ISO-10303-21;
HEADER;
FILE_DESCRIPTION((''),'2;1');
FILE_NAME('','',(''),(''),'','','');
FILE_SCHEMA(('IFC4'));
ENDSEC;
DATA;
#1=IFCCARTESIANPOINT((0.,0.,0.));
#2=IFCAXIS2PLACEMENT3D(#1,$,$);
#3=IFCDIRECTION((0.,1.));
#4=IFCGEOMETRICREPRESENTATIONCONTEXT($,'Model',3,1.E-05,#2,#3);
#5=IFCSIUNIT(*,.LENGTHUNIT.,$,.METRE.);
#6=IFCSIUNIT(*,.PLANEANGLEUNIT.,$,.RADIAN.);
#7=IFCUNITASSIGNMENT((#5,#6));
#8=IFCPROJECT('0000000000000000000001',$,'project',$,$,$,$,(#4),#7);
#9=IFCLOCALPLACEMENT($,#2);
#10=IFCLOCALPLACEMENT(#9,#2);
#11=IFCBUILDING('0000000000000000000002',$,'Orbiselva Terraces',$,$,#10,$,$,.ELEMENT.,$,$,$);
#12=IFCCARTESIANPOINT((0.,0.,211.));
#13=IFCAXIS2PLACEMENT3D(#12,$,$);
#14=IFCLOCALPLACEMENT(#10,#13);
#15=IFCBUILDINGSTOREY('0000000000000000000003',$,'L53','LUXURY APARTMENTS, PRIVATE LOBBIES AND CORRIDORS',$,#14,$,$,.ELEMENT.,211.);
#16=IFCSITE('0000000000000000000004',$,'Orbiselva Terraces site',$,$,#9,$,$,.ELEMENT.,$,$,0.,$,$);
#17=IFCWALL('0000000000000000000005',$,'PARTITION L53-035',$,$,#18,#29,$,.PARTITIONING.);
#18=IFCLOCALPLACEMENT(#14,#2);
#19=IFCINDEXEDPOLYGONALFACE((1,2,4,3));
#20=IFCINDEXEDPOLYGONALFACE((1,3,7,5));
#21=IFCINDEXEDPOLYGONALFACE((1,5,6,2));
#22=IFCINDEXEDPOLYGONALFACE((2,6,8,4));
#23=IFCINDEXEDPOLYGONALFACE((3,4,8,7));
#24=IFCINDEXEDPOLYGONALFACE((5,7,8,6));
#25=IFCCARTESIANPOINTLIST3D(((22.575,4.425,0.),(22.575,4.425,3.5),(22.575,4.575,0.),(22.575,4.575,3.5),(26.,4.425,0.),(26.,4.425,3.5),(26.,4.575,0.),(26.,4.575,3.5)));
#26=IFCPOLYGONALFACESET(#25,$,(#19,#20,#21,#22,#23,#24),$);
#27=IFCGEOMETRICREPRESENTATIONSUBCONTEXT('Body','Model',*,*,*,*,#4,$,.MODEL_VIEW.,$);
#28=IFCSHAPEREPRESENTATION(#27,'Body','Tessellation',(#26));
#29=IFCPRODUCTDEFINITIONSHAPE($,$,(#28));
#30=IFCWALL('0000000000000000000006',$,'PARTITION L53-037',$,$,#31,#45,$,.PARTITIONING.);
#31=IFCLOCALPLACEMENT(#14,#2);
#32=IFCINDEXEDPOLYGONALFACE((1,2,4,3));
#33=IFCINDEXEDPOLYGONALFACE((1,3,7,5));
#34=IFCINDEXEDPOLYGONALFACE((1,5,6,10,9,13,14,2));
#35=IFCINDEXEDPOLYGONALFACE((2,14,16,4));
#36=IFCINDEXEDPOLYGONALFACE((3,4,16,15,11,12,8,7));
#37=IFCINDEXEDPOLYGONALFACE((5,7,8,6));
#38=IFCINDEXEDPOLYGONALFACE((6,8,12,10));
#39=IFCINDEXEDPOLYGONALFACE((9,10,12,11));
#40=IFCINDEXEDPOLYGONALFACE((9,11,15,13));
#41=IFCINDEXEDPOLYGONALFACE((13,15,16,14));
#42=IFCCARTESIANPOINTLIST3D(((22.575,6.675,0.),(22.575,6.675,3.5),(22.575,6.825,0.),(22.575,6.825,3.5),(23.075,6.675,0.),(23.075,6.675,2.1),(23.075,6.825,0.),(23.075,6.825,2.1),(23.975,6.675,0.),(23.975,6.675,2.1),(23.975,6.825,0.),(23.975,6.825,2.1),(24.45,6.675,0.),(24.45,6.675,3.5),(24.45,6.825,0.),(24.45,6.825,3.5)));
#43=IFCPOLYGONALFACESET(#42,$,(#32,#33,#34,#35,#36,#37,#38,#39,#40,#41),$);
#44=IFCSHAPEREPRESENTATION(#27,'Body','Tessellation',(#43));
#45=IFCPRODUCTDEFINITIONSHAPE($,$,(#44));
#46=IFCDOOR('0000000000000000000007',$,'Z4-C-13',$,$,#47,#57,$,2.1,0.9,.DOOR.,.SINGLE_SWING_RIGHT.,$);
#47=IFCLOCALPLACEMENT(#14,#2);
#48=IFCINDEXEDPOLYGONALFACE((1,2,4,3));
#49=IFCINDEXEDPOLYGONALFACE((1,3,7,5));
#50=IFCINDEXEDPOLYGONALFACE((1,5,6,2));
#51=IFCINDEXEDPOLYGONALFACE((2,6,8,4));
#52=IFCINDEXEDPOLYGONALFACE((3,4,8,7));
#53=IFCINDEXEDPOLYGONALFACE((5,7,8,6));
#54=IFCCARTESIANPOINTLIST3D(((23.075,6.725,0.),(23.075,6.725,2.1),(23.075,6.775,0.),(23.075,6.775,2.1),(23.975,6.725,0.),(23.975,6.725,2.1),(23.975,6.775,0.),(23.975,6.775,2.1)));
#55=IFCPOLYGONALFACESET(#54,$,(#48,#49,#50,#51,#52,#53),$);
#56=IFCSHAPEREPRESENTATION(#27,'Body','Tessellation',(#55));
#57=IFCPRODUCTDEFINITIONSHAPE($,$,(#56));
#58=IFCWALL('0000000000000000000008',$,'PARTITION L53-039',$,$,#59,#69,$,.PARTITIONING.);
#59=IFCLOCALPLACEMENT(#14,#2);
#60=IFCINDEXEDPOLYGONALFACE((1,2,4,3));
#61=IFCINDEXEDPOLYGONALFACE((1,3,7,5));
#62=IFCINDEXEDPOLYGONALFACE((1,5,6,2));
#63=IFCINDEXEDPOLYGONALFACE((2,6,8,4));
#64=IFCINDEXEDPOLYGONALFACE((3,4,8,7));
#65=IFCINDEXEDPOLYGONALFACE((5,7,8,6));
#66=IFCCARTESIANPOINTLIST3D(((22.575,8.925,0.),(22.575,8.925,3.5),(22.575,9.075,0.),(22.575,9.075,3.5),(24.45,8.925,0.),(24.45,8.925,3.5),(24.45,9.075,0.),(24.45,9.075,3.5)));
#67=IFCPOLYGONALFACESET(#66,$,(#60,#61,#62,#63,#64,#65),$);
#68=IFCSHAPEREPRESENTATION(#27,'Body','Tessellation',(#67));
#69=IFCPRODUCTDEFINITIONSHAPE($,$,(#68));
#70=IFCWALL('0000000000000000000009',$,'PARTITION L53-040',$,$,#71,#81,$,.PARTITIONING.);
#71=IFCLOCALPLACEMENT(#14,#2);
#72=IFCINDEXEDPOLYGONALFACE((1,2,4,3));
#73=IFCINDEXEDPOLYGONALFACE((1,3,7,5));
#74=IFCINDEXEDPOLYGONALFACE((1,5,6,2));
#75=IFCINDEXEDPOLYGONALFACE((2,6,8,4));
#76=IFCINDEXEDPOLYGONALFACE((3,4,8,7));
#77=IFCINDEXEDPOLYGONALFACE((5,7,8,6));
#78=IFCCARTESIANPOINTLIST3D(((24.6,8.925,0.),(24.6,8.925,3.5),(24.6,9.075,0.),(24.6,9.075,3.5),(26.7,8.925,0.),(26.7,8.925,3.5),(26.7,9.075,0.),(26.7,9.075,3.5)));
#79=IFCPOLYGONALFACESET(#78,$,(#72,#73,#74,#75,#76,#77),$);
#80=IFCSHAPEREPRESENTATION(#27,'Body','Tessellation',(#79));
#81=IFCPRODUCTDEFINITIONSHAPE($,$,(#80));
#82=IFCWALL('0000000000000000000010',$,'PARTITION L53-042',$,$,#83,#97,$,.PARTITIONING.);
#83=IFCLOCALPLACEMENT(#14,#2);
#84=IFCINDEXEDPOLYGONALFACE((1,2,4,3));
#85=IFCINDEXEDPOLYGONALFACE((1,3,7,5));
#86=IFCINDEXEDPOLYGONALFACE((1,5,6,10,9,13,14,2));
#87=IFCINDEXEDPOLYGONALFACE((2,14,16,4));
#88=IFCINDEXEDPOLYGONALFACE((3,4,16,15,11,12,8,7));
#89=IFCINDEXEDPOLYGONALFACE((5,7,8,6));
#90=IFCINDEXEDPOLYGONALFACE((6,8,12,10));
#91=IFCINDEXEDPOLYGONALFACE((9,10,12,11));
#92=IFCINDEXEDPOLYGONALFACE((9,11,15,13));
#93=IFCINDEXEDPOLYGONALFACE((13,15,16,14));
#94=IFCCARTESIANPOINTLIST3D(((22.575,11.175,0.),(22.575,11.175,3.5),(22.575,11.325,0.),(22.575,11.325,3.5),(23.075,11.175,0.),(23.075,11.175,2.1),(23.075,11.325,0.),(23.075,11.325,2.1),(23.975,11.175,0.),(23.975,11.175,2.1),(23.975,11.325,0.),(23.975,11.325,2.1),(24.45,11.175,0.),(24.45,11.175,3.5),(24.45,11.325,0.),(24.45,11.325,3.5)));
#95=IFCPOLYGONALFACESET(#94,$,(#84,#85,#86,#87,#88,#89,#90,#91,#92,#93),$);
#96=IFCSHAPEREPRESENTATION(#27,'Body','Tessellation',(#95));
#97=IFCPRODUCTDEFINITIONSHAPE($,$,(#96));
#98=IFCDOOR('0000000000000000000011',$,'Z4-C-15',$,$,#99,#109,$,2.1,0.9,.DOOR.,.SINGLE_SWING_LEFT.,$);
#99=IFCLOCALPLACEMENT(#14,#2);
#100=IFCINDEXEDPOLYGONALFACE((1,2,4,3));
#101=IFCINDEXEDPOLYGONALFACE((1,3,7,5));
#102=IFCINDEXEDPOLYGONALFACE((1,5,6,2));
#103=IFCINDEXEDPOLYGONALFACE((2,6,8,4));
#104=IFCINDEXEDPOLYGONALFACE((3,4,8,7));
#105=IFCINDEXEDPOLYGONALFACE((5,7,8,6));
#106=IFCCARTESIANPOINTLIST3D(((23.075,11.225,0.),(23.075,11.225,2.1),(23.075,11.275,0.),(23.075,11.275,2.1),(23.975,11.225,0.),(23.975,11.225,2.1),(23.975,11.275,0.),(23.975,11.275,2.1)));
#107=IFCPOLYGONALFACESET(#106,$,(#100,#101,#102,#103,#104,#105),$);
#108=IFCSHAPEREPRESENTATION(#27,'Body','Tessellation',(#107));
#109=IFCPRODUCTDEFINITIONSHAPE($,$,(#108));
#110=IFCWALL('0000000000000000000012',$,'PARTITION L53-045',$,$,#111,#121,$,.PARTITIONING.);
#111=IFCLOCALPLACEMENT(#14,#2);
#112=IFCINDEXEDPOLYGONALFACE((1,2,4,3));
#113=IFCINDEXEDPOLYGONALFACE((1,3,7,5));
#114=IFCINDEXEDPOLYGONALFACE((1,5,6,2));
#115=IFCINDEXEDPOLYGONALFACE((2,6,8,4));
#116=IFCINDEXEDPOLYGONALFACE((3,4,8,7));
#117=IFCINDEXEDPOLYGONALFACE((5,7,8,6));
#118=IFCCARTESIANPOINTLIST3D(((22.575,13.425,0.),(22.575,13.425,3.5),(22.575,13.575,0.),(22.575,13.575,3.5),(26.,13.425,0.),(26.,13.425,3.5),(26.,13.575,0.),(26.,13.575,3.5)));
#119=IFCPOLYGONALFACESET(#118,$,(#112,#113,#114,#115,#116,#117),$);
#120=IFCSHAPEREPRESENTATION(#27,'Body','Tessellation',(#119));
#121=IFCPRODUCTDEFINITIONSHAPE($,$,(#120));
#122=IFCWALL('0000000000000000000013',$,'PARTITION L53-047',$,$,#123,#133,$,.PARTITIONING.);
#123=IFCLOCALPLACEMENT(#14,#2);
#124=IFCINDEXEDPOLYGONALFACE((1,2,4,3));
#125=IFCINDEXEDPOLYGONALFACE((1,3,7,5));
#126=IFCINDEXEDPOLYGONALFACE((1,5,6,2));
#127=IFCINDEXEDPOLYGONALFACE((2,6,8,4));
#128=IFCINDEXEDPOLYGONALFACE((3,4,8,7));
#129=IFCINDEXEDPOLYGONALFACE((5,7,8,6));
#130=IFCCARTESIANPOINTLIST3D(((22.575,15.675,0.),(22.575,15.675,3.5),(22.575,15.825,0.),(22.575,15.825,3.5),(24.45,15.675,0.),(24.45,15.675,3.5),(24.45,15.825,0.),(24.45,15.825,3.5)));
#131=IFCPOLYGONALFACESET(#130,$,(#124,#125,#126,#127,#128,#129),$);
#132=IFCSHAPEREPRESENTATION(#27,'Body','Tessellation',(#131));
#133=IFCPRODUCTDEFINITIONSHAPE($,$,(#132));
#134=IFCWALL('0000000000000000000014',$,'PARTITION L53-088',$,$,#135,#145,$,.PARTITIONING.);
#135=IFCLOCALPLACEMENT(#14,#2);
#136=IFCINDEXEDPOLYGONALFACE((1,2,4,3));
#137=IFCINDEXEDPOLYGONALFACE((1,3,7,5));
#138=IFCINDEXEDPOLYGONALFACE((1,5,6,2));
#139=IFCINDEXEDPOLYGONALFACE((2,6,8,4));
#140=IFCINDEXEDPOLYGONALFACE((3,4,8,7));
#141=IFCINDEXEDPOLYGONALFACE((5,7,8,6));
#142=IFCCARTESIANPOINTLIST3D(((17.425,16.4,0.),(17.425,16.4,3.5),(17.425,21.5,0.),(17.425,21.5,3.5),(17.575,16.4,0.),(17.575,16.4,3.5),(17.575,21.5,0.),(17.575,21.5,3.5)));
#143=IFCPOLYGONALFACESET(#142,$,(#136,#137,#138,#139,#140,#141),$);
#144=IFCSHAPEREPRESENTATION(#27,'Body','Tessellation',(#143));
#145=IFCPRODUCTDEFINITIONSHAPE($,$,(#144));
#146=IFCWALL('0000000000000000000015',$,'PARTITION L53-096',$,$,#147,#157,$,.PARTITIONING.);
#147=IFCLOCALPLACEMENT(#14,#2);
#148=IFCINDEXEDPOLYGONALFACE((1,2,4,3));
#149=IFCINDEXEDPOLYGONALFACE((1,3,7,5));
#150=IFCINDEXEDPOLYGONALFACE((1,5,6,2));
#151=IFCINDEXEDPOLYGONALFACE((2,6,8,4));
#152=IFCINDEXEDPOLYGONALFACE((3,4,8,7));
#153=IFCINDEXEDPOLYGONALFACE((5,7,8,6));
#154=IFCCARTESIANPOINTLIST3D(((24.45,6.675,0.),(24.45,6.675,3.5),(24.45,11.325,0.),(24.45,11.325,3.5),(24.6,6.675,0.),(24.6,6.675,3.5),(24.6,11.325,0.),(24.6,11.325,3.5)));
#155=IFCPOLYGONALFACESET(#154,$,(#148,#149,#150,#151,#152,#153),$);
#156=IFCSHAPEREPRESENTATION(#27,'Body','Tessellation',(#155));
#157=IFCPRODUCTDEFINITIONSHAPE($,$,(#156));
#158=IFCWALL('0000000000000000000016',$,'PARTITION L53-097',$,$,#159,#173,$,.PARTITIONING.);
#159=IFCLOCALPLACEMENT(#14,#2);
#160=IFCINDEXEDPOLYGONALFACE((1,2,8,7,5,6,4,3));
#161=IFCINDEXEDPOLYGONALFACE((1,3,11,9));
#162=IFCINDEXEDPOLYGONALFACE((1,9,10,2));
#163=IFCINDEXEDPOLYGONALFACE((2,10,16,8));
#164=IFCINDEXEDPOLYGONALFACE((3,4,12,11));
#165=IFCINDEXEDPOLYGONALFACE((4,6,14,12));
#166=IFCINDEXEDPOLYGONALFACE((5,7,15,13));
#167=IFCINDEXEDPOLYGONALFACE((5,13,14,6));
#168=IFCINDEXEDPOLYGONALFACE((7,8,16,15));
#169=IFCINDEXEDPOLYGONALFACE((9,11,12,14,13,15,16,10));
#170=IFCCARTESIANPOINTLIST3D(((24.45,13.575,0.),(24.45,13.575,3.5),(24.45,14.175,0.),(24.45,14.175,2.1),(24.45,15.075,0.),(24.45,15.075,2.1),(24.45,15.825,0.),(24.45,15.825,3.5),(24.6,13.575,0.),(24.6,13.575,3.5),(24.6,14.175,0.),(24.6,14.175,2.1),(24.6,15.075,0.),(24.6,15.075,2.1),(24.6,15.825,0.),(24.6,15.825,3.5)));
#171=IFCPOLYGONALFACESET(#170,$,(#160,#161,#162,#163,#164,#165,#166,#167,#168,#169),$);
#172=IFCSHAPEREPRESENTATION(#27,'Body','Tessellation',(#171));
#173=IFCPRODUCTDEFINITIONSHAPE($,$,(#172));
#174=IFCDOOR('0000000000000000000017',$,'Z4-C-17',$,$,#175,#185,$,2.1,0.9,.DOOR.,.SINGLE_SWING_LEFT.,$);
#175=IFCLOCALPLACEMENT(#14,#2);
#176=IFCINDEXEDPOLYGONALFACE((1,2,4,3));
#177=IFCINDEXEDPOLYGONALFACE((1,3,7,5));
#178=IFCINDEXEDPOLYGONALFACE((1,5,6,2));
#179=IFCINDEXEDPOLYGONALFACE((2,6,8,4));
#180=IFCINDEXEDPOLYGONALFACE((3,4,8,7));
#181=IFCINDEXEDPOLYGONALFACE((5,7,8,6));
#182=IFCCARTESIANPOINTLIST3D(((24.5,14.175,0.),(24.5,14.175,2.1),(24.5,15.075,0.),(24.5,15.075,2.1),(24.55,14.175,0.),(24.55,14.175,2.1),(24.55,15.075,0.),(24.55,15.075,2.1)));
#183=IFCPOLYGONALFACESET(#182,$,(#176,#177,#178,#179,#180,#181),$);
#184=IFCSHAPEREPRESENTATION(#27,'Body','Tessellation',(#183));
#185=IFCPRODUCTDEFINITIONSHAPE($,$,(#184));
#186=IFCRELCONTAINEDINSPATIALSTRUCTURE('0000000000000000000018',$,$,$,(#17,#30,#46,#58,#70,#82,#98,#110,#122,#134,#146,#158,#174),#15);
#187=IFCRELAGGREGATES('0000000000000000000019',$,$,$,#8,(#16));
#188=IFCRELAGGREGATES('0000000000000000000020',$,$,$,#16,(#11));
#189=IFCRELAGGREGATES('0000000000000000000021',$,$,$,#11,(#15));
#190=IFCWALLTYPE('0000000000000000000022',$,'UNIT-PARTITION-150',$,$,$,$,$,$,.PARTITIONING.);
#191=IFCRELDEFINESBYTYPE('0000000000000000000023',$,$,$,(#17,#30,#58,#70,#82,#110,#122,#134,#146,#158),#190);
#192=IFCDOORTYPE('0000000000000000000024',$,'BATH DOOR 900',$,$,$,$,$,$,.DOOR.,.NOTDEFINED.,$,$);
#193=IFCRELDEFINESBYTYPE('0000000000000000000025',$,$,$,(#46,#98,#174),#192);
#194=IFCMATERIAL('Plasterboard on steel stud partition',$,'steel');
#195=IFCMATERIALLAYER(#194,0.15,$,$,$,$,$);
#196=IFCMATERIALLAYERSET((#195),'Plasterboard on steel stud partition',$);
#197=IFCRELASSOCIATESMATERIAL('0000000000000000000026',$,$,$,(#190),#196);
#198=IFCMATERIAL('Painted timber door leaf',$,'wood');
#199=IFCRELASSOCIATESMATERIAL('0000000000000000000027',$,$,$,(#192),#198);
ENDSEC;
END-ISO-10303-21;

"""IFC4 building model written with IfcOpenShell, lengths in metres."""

from ifc_helpers import new_model, si_unit, direction, frame, frame_2d, origin, place, context, subcontext, project, spatial, rectangle, extrude, material, layer, layer_set, type_object, element, fill, save


model = new_model("IFC4")

# Units and contexts
model_context = context("Model", 3, precision=1e-05, world=origin(), true_north=direction((0.0, 1.0)))
body_context = subcontext(model_context, "Body", "Model", "MODEL_VIEW")
ifc_project = project(units=[si_unit("LENGTHUNIT", "METRE"), si_unit("PLANEANGLEUNIT", "RADIAN")], contexts=[model_context])

# Site, building, storey
site_placement = place(None, origin())
site = spatial("IfcSite", under=ifc_project, at=site_placement, Name="Orbiselva Terraces site", CompositionType="ELEMENT", RefElevation=0.0)
building_placement = place(site_placement, origin())
building = spatial("IfcBuilding", under=site, at=building_placement, Name="Orbiselva Terraces", CompositionType="ELEMENT")
storey_placement = place(building_placement, frame((0.0, 0.0, 211.0)))
storey = spatial("IfcBuildingStorey", under=building, at=storey_placement, Name="L53", Description="LUXURY APARTMENTS, PRIVATE LOBBIES AND CORRIDORS", CompositionType="ELEMENT", Elevation=211.0)

# Wall
ifc_material_1 = material(Name="Plasterboard on steel stud partition", Category="steel")
ifc_layer_1 = layer(ifc_material_1, 0.15)
ifc_layer_set_1 = layer_set([ifc_layer_1], Name="Plasterboard on steel stud partition")
wall_type_1 = type_object("IfcWallType", Name="UNIT-PARTITION-150", PredefinedType="PARTITIONING", material=ifc_layer_set_1)
wall_1_placement = place(storey_placement, frame((22.575, 4.5, 0.0), z_axis=(0.0, 0.0, 1.0), x_axis=(1.0, 0.0, 0.0)))
element("IfcWall", 1, at=wall_1_placement, inside=storey, type_object=wall_type_1, Name="PARTITION L53-035", PredefinedType="PARTITIONING", context=body_context, shape_type="SweptSolid", body=[
    extrude(rectangle(XDim=3.425, YDim=0.15, at=frame_2d((1.7125, 0.0))), origin(), (0.0, 0.0, 1.0), 3.5),
])

# Wall, opening, door
wall_2_placement = place(storey_placement, frame((22.575, 6.75, 0.0), z_axis=(0.0, 0.0, 1.0), x_axis=(1.0, 0.0, 0.0)))
wall_2 = element("IfcWall", 2, at=wall_2_placement, inside=storey, type_object=wall_type_1, Name="PARTITION L53-037", PredefinedType="PARTITIONING", context=body_context, shape_type="SweptSolid", body=[
    extrude(rectangle(XDim=1.875, YDim=0.15, at=frame_2d((0.9375, 0.0))), origin(), (0.0, 0.0, 1.0), 3.5),
])
opening_1_placement = place(wall_2_placement, frame((0.5, 0.0, 0.0)))
opening_1 = element("IfcOpeningElement", 3, at=opening_1_placement, cuts=wall_2, PredefinedType="OPENING", context=body_context, shape_type="SweptSolid", body=[
    extrude(rectangle(XDim=0.9, YDim=2.1, at=frame_2d((0.45, 1.05))), frame((0.0, 0.085, 0.0), z_axis=(0.0, -1.0, 0.0), x_axis=(1.0, 0.0, 0.0)), (0.0, 0.0, 1.0), 0.17),
])
ifc_material_2 = material(Name="Painted timber door leaf", Category="wood")
door_type_1 = type_object("IfcDoorType", Name="BATH DOOR 900", OperationType="NOTDEFINED", PredefinedType="DOOR", material=ifc_material_2)
door_1_placement = place(opening_1_placement, origin())
door_1 = element("IfcDoor", 4, at=door_1_placement, inside=storey, type_object=door_type_1, Name="Z4-C-13", OperationType="SINGLE_SWING_RIGHT", OverallHeight=2.1, OverallWidth=0.9, PredefinedType="DOOR", context=body_context, shape_type="SweptSolid", body=[
    extrude(rectangle(XDim=0.9, YDim=2.1, at=frame_2d((0.45, 1.05))), frame((0.0, 0.025, 0.0), z_axis=(0.0, -1.0, 0.0), x_axis=(1.0, 0.0, 0.0)), (0.0, 0.0, 1.0), 0.05),
])
fill(opening_1, door_1)

# Walls
wall_3_placement = place(storey_placement, frame((22.575, 9.0, 0.0), z_axis=(0.0, 0.0, 1.0), x_axis=(1.0, 0.0, 0.0)))
element("IfcWall", 5, at=wall_3_placement, inside=storey, type_object=wall_type_1, Name="PARTITION L53-039", PredefinedType="PARTITIONING", context=body_context, shape_type="SweptSolid", body=[
    extrude(rectangle(XDim=1.875, YDim=0.15, at=frame_2d((0.9375, 0.0))), origin(), (0.0, 0.0, 1.0), 3.5),
])
wall_4_placement = place(storey_placement, frame((24.6, 9.0, 0.0), z_axis=(0.0, 0.0, 1.0), x_axis=(1.0, 0.0, 0.0)))
element("IfcWall", 6, at=wall_4_placement, inside=storey, type_object=wall_type_1, Name="PARTITION L53-040", PredefinedType="PARTITIONING", context=body_context, shape_type="SweptSolid", body=[
    extrude(rectangle(XDim=2.1, YDim=0.15, at=frame_2d((1.05, 0.0))), origin(), (0.0, 0.0, 1.0), 3.5),
])

# Wall, opening, door
wall_5_placement = place(storey_placement, frame((24.45, 11.25, 0.0), z_axis=(0.0, 0.0, 1.0), x_axis=(-1.0, 0.0, 0.0)))
wall_5 = element("IfcWall", 7, at=wall_5_placement, inside=storey, type_object=wall_type_1, Name="PARTITION L53-042", PredefinedType="PARTITIONING", context=body_context, shape_type="SweptSolid", body=[
    extrude(rectangle(XDim=1.875, YDim=0.15, at=frame_2d((0.9375, 0.0))), origin(), (0.0, 0.0, 1.0), 3.5),
])
opening_2_placement = place(wall_5_placement, frame((0.475, 0.0, 0.0)))
opening_2 = element("IfcOpeningElement", 8, at=opening_2_placement, cuts=wall_5, PredefinedType="OPENING", context=body_context, shape_type="SweptSolid", body=[
    extrude(rectangle(XDim=0.9, YDim=2.1, at=frame_2d((0.45, 1.05))), frame((0.0, 0.085, 0.0), z_axis=(0.0, -1.0, 0.0), x_axis=(1.0, 0.0, 0.0)), (0.0, 0.0, 1.0), 0.17),
])
door_2_placement = place(opening_2_placement, origin())
door_2 = element("IfcDoor", 9, at=door_2_placement, inside=storey, type_object=door_type_1, Name="Z4-C-15", OperationType="SINGLE_SWING_LEFT", OverallHeight=2.1, OverallWidth=0.9, PredefinedType="DOOR", context=body_context, shape_type="SweptSolid", body=[
    extrude(rectangle(XDim=0.9, YDim=2.1, at=frame_2d((0.45, 1.05))), frame((0.0, 0.025, 0.0), z_axis=(0.0, -1.0, 0.0), x_axis=(1.0, 0.0, 0.0)), (0.0, 0.0, 1.0), 0.05),
])
fill(opening_2, door_2)

# Walls
wall_6_placement = place(storey_placement, frame((22.575, 13.5, 0.0), z_axis=(0.0, 0.0, 1.0), x_axis=(1.0, 0.0, 0.0)))
element("IfcWall", 10, at=wall_6_placement, inside=storey, type_object=wall_type_1, Name="PARTITION L53-045", PredefinedType="PARTITIONING", context=body_context, shape_type="SweptSolid", body=[
    extrude(rectangle(XDim=3.425, YDim=0.15, at=frame_2d((1.7125, 0.0))), origin(), (0.0, 0.0, 1.0), 3.5),
])
wall_7_placement = place(storey_placement, frame((22.575, 15.75, 0.0), z_axis=(0.0, 0.0, 1.0), x_axis=(1.0, 0.0, 0.0)))
element("IfcWall", 11, at=wall_7_placement, inside=storey, type_object=wall_type_1, Name="PARTITION L53-047", PredefinedType="PARTITIONING", context=body_context, shape_type="SweptSolid", body=[
    extrude(rectangle(XDim=1.875, YDim=0.15, at=frame_2d((0.9375, 0.0))), origin(), (0.0, 0.0, 1.0), 3.5),
])
wall_8_placement = place(storey_placement, frame((17.5, 16.4, 0.0), z_axis=(0.0, 0.0, 1.0), x_axis=(0.0, 1.0, 0.0)))
element("IfcWall", 12, at=wall_8_placement, inside=storey, type_object=wall_type_1, Name="PARTITION L53-088", PredefinedType="PARTITIONING", context=body_context, shape_type="SweptSolid", body=[
    extrude(rectangle(XDim=5.1, YDim=0.15, at=frame_2d((2.55, 0.0))), origin(), (0.0, 0.0, 1.0), 3.5),
])
wall_9_placement = place(storey_placement, frame((24.525, 6.675, 0.0), z_axis=(0.0, 0.0, 1.0), x_axis=(0.0, 1.0, 0.0)))
element("IfcWall", 13, at=wall_9_placement, inside=storey, type_object=wall_type_1, Name="PARTITION L53-096", PredefinedType="PARTITIONING", context=body_context, shape_type="SweptSolid", body=[
    extrude(rectangle(XDim=4.65, YDim=0.15, at=frame_2d((2.325, 0.0))), origin(), (0.0, 0.0, 1.0), 3.5),
])

# Wall, opening, door
wall_10_placement = place(storey_placement, frame((24.525, 13.575, 0.0), z_axis=(0.0, 0.0, 1.0), x_axis=(0.0, 1.0, 0.0)))
wall_10 = element("IfcWall", 14, at=wall_10_placement, inside=storey, type_object=wall_type_1, Name="PARTITION L53-097", PredefinedType="PARTITIONING", context=body_context, shape_type="SweptSolid", body=[
    extrude(rectangle(XDim=2.25, YDim=0.15, at=frame_2d((1.125, 0.0))), origin(), (0.0, 0.0, 1.0), 3.5),
])
opening_3_placement = place(wall_10_placement, frame((0.6, 0.0, 0.0)))
opening_3 = element("IfcOpeningElement", 15, at=opening_3_placement, cuts=wall_10, PredefinedType="OPENING", context=body_context, shape_type="SweptSolid", body=[
    extrude(rectangle(XDim=0.9, YDim=2.1, at=frame_2d((0.45, 1.05))), frame((0.0, 0.085, 0.0), z_axis=(0.0, -1.0, 0.0), x_axis=(1.0, 0.0, 0.0)), (0.0, 0.0, 1.0), 0.17),
])
door_3_placement = place(opening_3_placement, origin())
door_3 = element("IfcDoor", 16, at=door_3_placement, inside=storey, type_object=door_type_1, Name="Z4-C-17", OperationType="SINGLE_SWING_LEFT", OverallHeight=2.1, OverallWidth=0.9, PredefinedType="DOOR", context=body_context, shape_type="SweptSolid", body=[
    extrude(rectangle(XDim=0.9, YDim=2.1, at=frame_2d((0.45, 1.05))), frame((0.0, 0.025, 0.0), z_axis=(0.0, -1.0, 0.0), x_axis=(1.0, 0.0, 0.0)), (0.0, 0.0, 1.0), 0.05),
])
fill(opening_3, door_3)

save(model, "model.ifc")
